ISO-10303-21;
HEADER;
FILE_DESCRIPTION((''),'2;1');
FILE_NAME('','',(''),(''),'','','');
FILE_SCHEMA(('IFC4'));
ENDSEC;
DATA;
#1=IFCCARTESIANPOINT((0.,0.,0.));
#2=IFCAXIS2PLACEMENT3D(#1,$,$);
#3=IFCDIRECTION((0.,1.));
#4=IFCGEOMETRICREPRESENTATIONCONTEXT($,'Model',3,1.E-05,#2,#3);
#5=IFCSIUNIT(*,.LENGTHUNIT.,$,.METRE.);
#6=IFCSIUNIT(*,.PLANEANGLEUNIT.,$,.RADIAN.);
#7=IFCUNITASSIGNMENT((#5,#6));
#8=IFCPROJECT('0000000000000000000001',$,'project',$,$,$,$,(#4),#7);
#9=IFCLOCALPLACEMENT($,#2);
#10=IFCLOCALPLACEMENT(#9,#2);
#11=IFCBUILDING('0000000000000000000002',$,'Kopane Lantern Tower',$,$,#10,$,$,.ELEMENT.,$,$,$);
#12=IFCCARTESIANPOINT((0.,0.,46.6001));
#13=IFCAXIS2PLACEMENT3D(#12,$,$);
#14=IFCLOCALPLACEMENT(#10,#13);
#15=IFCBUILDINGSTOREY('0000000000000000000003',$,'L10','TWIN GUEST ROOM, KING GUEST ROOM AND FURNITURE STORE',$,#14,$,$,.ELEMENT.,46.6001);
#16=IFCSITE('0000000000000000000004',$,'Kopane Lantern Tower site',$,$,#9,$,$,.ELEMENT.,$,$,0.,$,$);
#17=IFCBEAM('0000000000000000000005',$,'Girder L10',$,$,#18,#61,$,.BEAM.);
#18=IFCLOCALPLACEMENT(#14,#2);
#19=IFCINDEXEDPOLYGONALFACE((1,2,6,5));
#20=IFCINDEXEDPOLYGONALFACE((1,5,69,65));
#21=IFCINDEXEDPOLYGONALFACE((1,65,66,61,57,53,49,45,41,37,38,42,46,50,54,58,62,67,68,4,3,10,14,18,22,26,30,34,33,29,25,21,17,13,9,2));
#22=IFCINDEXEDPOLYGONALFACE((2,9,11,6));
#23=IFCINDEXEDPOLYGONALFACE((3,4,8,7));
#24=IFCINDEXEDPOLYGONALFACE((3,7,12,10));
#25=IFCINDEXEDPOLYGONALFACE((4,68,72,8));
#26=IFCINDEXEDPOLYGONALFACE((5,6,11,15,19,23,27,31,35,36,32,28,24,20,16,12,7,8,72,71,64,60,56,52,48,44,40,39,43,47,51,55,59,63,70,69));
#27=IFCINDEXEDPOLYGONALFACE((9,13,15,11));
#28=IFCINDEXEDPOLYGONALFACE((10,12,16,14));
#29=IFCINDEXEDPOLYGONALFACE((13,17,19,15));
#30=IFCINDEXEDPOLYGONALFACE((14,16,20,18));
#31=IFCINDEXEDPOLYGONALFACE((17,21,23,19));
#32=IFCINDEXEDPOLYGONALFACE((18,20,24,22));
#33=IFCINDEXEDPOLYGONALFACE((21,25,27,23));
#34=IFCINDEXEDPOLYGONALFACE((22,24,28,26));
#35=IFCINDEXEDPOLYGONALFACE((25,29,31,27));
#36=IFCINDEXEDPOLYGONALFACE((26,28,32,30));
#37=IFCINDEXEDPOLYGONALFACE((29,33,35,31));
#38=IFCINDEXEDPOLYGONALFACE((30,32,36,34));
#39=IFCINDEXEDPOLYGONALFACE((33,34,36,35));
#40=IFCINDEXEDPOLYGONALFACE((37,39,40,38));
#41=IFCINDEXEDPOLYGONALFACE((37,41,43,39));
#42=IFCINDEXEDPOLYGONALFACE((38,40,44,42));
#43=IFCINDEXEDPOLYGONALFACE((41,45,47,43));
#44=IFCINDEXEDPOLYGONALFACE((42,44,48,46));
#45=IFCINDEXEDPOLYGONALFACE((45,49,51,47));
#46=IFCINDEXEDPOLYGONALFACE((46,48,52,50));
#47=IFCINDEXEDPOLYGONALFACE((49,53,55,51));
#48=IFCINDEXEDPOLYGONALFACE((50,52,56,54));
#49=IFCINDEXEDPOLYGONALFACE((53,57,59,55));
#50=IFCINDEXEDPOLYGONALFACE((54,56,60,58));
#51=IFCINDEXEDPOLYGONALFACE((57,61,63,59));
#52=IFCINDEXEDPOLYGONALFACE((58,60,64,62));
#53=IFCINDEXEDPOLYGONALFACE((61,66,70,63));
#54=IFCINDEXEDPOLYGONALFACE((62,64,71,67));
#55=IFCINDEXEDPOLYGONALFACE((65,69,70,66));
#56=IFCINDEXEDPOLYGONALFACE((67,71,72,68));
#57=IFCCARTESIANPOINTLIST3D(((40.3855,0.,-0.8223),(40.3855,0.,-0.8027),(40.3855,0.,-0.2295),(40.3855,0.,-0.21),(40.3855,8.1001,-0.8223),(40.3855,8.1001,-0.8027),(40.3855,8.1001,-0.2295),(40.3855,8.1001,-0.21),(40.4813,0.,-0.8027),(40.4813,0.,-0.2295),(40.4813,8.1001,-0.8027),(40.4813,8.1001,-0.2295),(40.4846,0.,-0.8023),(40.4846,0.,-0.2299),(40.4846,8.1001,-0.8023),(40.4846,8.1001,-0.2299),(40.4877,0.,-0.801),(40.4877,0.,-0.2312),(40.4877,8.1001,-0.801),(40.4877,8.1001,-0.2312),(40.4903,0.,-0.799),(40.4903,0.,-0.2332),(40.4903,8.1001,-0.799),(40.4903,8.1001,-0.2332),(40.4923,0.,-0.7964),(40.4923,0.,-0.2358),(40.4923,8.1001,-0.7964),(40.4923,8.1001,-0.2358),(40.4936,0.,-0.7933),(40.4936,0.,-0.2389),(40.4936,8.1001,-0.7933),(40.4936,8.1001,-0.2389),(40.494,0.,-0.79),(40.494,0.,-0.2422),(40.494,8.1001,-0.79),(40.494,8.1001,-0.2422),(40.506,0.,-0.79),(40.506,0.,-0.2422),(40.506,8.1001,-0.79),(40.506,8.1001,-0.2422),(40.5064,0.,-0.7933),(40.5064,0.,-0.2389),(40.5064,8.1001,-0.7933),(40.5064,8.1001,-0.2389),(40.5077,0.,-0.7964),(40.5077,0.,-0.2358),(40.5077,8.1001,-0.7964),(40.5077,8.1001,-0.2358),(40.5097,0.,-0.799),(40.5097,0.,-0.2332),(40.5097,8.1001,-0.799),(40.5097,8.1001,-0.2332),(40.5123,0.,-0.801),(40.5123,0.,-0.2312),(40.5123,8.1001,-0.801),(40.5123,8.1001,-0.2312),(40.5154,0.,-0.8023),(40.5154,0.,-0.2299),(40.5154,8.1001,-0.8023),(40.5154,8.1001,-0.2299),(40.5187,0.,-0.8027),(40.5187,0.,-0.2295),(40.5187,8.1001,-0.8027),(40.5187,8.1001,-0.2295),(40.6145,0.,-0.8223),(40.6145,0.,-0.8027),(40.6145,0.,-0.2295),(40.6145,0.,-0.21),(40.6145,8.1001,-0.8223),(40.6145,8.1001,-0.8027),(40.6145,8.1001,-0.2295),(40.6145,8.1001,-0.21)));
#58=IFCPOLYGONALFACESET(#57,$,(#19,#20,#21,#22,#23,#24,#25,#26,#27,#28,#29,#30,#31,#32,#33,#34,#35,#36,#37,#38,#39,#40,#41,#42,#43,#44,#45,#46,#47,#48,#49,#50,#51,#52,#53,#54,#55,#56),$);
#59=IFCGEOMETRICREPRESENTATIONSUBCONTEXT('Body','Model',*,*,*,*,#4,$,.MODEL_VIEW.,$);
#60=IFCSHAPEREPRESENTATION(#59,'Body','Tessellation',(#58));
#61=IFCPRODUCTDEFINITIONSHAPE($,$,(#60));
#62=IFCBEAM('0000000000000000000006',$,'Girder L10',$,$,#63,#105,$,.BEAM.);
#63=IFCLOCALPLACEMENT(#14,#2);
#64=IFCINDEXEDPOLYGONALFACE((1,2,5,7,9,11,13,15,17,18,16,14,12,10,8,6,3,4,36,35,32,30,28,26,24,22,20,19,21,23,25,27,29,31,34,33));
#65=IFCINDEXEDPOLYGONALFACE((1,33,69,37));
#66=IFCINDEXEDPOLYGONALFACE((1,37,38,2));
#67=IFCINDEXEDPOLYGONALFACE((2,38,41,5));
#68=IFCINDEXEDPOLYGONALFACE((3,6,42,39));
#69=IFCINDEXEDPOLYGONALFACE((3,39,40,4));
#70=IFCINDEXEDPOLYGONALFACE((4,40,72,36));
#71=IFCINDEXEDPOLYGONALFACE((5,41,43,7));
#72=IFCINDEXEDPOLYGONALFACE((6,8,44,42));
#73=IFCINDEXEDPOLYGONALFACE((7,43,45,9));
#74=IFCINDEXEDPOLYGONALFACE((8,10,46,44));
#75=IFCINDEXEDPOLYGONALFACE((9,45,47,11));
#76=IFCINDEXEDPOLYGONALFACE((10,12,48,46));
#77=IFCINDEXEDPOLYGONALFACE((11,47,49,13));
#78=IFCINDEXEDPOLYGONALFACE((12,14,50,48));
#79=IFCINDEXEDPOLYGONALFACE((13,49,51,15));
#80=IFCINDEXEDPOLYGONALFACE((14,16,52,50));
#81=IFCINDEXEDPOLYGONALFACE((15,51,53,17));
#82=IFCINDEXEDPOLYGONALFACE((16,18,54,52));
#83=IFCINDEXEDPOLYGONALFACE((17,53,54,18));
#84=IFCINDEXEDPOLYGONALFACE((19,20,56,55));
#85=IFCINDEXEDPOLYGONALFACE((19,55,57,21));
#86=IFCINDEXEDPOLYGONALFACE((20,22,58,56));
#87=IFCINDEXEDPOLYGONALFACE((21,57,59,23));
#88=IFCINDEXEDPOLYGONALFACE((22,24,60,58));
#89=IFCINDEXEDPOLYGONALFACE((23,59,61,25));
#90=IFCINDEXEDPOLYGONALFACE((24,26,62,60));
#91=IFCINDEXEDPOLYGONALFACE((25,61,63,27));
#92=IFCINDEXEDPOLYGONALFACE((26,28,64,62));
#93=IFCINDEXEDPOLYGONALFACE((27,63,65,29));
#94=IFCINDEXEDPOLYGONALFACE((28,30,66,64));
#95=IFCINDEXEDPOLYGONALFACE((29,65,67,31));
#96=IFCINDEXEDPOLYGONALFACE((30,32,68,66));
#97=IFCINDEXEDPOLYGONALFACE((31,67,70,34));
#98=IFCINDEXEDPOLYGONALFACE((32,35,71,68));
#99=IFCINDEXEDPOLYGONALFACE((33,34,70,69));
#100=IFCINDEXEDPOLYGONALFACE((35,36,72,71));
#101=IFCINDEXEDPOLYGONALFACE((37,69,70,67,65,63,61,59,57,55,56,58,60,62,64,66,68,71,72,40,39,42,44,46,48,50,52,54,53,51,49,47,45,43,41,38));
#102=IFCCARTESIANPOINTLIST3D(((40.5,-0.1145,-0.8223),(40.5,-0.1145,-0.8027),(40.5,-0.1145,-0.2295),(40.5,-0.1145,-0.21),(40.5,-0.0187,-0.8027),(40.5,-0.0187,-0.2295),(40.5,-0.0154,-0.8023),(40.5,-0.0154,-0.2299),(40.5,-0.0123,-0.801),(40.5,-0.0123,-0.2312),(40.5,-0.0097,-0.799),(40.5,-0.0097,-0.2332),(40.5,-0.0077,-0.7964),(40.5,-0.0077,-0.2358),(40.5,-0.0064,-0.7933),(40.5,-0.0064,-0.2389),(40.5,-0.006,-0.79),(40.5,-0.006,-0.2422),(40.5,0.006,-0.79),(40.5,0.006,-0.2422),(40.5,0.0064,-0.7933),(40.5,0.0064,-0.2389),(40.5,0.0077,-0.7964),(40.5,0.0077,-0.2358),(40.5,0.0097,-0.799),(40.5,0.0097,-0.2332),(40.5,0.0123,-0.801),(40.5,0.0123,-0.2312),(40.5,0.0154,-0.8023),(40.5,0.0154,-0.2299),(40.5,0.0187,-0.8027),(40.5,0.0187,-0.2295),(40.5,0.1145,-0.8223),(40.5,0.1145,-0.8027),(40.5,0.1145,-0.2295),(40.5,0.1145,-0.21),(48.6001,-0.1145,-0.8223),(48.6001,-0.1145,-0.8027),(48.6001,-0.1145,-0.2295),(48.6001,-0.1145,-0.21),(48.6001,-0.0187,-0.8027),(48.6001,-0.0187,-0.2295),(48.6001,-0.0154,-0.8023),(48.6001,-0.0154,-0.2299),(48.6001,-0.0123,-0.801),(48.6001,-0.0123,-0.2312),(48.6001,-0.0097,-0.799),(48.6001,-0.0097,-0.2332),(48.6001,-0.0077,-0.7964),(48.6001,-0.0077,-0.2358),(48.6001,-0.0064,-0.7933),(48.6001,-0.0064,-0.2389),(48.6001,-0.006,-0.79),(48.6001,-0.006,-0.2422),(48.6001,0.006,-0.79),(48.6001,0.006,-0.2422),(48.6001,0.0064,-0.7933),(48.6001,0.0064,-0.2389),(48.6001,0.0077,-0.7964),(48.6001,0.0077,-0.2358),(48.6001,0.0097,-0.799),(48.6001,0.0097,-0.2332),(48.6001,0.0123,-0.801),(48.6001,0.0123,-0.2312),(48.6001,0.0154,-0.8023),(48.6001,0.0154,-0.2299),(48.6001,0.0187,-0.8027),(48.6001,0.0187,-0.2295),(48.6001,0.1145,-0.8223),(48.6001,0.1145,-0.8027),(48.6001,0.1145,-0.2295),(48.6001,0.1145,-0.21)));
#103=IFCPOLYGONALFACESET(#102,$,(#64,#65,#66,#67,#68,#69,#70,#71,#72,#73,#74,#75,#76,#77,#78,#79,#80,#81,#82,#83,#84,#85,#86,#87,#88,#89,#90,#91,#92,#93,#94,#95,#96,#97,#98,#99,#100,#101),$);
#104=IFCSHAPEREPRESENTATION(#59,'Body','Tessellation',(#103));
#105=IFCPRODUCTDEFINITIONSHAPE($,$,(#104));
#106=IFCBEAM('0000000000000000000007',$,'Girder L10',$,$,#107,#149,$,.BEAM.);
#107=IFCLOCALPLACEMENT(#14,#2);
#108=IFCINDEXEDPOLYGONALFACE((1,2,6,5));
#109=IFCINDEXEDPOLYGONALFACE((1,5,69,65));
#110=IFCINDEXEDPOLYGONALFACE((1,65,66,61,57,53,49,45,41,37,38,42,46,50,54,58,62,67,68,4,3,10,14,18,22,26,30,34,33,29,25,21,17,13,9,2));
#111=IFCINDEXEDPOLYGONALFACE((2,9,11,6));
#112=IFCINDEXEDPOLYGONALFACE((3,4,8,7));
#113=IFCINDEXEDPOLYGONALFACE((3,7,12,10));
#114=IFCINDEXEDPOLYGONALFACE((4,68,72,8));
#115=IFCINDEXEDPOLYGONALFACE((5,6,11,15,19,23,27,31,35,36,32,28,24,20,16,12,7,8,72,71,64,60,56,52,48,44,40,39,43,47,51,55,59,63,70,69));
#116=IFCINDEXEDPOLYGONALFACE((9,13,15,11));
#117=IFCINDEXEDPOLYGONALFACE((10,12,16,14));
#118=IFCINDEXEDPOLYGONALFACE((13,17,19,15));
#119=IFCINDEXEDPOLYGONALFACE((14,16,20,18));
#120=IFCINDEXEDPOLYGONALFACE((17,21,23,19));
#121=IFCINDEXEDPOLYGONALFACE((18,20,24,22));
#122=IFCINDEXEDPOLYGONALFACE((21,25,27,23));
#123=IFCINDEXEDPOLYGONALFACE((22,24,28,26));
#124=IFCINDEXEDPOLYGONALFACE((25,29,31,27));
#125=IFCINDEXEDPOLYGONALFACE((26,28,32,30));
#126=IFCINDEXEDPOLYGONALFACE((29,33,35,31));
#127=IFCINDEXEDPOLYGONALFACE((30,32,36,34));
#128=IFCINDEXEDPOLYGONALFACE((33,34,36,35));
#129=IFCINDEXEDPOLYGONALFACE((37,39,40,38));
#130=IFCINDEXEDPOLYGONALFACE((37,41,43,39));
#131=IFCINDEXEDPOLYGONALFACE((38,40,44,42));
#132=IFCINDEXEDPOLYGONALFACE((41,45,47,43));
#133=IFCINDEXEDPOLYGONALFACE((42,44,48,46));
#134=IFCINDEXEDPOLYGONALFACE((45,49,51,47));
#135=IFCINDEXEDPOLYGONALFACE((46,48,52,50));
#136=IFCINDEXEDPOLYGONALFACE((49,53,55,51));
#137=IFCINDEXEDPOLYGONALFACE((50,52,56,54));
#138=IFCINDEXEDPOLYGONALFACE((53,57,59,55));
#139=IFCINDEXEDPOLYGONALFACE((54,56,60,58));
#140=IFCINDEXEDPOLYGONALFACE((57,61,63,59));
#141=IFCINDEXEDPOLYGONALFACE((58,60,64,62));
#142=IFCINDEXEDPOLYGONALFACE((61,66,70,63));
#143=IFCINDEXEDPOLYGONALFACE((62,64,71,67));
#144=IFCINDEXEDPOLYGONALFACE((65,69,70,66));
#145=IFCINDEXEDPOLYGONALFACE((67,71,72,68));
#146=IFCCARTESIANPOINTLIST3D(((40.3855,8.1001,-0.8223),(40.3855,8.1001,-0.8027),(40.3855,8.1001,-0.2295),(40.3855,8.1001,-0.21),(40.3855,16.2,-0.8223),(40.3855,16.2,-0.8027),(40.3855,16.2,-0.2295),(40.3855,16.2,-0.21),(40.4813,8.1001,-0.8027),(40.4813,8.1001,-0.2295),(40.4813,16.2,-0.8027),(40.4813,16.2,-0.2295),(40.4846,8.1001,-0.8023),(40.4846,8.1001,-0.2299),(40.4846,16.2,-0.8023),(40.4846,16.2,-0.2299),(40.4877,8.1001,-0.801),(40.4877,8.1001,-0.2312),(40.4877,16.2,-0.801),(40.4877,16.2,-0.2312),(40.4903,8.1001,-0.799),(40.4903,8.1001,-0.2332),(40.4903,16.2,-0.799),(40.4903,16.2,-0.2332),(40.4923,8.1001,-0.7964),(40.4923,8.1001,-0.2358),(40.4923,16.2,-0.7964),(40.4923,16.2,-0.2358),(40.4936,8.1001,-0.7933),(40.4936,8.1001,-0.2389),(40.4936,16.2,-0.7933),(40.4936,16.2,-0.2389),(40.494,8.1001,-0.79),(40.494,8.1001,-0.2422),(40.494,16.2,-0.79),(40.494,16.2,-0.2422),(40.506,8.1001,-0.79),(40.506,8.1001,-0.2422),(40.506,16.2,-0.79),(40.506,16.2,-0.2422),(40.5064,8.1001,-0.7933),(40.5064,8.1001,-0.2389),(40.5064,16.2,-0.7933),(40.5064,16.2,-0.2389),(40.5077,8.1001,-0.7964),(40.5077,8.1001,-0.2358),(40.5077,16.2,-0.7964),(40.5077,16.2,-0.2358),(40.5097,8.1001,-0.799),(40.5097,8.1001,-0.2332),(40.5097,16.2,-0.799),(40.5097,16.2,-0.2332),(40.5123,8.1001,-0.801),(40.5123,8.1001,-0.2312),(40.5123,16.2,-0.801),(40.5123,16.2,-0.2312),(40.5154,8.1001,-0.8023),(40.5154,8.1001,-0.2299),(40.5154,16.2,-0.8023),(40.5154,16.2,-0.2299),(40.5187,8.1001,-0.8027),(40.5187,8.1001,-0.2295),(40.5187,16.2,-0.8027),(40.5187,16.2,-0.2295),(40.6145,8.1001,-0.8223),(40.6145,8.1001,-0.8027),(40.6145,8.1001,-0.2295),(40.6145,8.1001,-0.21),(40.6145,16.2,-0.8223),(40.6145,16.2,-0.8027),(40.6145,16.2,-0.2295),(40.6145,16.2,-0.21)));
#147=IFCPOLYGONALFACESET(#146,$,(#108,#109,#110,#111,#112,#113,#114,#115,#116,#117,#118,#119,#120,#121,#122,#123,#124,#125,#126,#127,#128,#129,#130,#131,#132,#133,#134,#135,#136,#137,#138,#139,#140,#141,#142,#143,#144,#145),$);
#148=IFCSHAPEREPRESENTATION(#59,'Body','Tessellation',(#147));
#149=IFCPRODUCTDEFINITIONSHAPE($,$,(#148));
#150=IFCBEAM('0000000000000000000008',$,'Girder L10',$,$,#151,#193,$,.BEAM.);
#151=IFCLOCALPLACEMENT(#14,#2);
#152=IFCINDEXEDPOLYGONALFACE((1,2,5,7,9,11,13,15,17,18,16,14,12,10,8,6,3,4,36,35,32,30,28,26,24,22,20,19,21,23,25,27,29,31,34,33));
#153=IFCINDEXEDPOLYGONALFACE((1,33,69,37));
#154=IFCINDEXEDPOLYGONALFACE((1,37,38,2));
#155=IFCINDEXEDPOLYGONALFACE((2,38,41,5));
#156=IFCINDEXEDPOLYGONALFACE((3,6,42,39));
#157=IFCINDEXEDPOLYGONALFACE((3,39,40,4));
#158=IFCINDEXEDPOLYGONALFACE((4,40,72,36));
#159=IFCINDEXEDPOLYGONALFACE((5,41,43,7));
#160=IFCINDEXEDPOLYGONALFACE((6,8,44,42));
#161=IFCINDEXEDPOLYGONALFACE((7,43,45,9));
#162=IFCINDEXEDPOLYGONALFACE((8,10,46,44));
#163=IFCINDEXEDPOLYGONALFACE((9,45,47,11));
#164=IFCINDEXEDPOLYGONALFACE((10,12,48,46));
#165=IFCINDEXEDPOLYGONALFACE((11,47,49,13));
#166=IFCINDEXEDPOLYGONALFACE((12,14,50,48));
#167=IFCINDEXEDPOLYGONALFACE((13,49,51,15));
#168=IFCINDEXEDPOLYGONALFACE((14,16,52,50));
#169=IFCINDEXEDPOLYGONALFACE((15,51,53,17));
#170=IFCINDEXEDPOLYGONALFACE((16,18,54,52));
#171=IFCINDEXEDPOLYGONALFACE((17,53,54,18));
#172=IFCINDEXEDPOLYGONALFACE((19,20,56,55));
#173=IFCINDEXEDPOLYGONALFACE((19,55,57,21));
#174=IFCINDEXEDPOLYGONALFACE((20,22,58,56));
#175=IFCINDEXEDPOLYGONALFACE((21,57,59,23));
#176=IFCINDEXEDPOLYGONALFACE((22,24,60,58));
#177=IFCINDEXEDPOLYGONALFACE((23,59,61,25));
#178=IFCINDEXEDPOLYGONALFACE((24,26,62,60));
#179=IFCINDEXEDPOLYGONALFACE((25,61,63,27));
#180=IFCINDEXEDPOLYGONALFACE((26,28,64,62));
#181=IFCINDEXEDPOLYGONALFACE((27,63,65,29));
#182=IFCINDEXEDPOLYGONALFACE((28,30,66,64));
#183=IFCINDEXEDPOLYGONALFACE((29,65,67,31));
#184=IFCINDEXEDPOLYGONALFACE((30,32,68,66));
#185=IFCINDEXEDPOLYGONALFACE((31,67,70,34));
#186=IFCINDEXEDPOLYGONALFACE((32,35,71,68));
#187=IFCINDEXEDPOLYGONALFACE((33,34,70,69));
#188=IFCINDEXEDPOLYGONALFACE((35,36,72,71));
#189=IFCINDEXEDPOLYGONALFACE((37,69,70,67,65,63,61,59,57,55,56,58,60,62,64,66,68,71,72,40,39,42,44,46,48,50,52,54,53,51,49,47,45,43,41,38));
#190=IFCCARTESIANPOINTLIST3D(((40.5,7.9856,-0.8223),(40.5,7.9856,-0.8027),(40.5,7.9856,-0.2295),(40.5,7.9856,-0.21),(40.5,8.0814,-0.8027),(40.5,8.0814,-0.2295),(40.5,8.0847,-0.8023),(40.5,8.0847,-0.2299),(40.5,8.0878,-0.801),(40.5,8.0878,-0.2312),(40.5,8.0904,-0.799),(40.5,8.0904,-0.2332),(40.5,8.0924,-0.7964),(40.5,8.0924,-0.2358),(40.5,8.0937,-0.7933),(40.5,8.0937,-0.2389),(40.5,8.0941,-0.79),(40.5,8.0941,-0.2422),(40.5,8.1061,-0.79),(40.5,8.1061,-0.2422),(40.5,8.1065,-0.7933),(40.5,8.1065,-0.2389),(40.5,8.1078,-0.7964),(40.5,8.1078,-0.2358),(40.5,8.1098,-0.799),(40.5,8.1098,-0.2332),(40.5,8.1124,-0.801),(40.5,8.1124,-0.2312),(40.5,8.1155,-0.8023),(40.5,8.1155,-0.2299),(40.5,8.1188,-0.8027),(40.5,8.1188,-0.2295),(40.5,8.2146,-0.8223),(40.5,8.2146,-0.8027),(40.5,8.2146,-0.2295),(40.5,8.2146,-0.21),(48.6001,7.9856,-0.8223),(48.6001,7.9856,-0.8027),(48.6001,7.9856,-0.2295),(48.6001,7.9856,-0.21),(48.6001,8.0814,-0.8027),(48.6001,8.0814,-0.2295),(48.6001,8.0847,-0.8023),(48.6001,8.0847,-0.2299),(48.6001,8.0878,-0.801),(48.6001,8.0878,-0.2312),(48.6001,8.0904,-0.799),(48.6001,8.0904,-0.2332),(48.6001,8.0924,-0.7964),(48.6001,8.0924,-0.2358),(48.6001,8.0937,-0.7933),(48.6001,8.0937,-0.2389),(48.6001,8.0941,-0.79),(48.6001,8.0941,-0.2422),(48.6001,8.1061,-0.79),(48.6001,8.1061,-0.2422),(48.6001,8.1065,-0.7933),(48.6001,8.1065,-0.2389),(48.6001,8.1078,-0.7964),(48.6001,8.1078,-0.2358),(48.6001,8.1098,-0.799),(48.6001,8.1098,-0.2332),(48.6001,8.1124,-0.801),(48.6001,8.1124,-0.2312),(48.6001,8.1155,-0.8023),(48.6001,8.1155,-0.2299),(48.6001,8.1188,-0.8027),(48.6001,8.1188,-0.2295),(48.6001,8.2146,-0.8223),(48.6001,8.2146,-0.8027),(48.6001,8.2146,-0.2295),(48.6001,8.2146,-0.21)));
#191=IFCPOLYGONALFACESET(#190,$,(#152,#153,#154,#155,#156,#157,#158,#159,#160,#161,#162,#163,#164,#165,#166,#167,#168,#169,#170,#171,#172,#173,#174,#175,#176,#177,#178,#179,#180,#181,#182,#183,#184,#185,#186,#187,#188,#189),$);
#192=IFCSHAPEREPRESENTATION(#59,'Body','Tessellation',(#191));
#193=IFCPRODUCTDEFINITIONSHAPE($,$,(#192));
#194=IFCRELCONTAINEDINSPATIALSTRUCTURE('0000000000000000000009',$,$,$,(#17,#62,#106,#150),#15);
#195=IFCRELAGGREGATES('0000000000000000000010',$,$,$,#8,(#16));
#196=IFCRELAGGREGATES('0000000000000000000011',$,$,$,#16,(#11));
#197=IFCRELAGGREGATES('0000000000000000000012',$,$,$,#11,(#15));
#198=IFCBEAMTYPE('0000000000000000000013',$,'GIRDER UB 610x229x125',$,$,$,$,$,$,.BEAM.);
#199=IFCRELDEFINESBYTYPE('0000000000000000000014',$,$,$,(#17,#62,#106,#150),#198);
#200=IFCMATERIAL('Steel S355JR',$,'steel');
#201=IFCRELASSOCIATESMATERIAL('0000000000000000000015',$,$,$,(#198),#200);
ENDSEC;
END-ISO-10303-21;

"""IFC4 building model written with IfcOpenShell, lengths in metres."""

from ifc_helpers import new_model, si_unit, direction, frame, origin, origin_2d, place, context, subcontext, project, spatial, i_section, extrude, material, material_profile, profile_set, type_object, element, save


model = new_model("IFC4")

# Units and contexts
model_context = context("Model", 3, precision=1e-05, world=origin(), true_north=direction((0.0, 1.0)))
body_context = subcontext(model_context, "Body", "Model", "MODEL_VIEW")
ifc_project = project(units=[si_unit("LENGTHUNIT", "METRE"), si_unit("PLANEANGLEUNIT", "RADIAN")], contexts=[model_context])

# Site, building, storey
site_placement = place(None, origin())
site = spatial("IfcSite", under=ifc_project, at=site_placement, Name="Kopane Lantern Tower site", CompositionType="ELEMENT", RefElevation=0.0)
building_placement = place(site_placement, origin())
building = spatial("IfcBuilding", under=site, at=building_placement, Name="Kopane Lantern Tower", CompositionType="ELEMENT")
storey_placement = place(building_placement, frame((0.0, 0.0, 46.6001)))
storey = spatial("IfcBuildingStorey", under=building, at=storey_placement, Name="L10", Description="TWIN GUEST ROOM, KING GUEST ROOM AND FURNITURE STORE", CompositionType="ELEMENT", Elevation=46.6001)

# Beams
ifc_material_1 = material(Name="Steel S355JR", Category="steel")
ifc_material_profile_1 = material_profile(ifc_material_1, i_section(OverallWidth=0.229, OverallDepth=0.6123, WebThickness=0.012, FlangeThickness=0.0195, FilletRadius=0.0127, at=origin_2d()), Name="UB 610x229x125")
ifc_profile_set_1 = profile_set([ifc_material_profile_1], Name="Steel S355JR")
beam_type = type_object("IfcBeamType", Name="GIRDER UB 610x229x125", PredefinedType="BEAM", material=ifc_profile_set_1)
for number, where, z_axis, x_axis, name in (
    (1, (40.5, 0.0, -0.5161), (0.0, 1.0, 0.0), (-1.0, 0.0, 0.0), "Girder L10"),
    (2, (40.5, 0.0, -0.5161), (1.0, 0.0, 0.0), (0.0, 1.0, 0.0), "Girder L10"),
):
    element("IfcBeam", number, at=place(storey_placement, frame(where, z_axis=z_axis, x_axis=x_axis)), inside=storey, type_object=beam_type, Name=name, PredefinedType="BEAM", context=body_context, shape_type="SweptSolid", body=[
        extrude(i_section(OverallWidth=0.229, OverallDepth=0.6123, WebThickness=0.012, FlangeThickness=0.0195, FilletRadius=0.0127, at=origin_2d()), origin(), (0.0, 0.0, 1.0), 8.1001),
    ])
beam_1_placement = place(storey_placement, frame((40.5, 8.1001, -0.5161), z_axis=(0.0, 1.0, 0.0), x_axis=(-1.0, 0.0, 0.0)))
element("IfcBeam", 3, at=beam_1_placement, inside=storey, type_object=beam_type, Name="Girder L10", PredefinedType="BEAM", context=body_context, shape_type="SweptSolid", body=[
    extrude(i_section(OverallWidth=0.229, OverallDepth=0.6123, WebThickness=0.012, FlangeThickness=0.0195, FilletRadius=0.0127, at=origin_2d()), origin(), (0.0, 0.0, 1.0), 8.0999),
])
beam_2_placement = place(storey_placement, frame((40.5, 8.1001, -0.5161), z_axis=(1.0, 0.0, 0.0), x_axis=(0.0, 1.0, 0.0)))
element("IfcBeam", 4, at=beam_2_placement, inside=storey, type_object=beam_type, Name="Girder L10", PredefinedType="BEAM", context=body_context, shape_type="SweptSolid", body=[
    extrude(i_section(OverallWidth=0.229, OverallDepth=0.6123, WebThickness=0.012, FlangeThickness=0.0195, FilletRadius=0.0127, at=origin_2d()), origin(), (0.0, 0.0, 1.0), 8.1001),
])

save(model, "model.ifc")
